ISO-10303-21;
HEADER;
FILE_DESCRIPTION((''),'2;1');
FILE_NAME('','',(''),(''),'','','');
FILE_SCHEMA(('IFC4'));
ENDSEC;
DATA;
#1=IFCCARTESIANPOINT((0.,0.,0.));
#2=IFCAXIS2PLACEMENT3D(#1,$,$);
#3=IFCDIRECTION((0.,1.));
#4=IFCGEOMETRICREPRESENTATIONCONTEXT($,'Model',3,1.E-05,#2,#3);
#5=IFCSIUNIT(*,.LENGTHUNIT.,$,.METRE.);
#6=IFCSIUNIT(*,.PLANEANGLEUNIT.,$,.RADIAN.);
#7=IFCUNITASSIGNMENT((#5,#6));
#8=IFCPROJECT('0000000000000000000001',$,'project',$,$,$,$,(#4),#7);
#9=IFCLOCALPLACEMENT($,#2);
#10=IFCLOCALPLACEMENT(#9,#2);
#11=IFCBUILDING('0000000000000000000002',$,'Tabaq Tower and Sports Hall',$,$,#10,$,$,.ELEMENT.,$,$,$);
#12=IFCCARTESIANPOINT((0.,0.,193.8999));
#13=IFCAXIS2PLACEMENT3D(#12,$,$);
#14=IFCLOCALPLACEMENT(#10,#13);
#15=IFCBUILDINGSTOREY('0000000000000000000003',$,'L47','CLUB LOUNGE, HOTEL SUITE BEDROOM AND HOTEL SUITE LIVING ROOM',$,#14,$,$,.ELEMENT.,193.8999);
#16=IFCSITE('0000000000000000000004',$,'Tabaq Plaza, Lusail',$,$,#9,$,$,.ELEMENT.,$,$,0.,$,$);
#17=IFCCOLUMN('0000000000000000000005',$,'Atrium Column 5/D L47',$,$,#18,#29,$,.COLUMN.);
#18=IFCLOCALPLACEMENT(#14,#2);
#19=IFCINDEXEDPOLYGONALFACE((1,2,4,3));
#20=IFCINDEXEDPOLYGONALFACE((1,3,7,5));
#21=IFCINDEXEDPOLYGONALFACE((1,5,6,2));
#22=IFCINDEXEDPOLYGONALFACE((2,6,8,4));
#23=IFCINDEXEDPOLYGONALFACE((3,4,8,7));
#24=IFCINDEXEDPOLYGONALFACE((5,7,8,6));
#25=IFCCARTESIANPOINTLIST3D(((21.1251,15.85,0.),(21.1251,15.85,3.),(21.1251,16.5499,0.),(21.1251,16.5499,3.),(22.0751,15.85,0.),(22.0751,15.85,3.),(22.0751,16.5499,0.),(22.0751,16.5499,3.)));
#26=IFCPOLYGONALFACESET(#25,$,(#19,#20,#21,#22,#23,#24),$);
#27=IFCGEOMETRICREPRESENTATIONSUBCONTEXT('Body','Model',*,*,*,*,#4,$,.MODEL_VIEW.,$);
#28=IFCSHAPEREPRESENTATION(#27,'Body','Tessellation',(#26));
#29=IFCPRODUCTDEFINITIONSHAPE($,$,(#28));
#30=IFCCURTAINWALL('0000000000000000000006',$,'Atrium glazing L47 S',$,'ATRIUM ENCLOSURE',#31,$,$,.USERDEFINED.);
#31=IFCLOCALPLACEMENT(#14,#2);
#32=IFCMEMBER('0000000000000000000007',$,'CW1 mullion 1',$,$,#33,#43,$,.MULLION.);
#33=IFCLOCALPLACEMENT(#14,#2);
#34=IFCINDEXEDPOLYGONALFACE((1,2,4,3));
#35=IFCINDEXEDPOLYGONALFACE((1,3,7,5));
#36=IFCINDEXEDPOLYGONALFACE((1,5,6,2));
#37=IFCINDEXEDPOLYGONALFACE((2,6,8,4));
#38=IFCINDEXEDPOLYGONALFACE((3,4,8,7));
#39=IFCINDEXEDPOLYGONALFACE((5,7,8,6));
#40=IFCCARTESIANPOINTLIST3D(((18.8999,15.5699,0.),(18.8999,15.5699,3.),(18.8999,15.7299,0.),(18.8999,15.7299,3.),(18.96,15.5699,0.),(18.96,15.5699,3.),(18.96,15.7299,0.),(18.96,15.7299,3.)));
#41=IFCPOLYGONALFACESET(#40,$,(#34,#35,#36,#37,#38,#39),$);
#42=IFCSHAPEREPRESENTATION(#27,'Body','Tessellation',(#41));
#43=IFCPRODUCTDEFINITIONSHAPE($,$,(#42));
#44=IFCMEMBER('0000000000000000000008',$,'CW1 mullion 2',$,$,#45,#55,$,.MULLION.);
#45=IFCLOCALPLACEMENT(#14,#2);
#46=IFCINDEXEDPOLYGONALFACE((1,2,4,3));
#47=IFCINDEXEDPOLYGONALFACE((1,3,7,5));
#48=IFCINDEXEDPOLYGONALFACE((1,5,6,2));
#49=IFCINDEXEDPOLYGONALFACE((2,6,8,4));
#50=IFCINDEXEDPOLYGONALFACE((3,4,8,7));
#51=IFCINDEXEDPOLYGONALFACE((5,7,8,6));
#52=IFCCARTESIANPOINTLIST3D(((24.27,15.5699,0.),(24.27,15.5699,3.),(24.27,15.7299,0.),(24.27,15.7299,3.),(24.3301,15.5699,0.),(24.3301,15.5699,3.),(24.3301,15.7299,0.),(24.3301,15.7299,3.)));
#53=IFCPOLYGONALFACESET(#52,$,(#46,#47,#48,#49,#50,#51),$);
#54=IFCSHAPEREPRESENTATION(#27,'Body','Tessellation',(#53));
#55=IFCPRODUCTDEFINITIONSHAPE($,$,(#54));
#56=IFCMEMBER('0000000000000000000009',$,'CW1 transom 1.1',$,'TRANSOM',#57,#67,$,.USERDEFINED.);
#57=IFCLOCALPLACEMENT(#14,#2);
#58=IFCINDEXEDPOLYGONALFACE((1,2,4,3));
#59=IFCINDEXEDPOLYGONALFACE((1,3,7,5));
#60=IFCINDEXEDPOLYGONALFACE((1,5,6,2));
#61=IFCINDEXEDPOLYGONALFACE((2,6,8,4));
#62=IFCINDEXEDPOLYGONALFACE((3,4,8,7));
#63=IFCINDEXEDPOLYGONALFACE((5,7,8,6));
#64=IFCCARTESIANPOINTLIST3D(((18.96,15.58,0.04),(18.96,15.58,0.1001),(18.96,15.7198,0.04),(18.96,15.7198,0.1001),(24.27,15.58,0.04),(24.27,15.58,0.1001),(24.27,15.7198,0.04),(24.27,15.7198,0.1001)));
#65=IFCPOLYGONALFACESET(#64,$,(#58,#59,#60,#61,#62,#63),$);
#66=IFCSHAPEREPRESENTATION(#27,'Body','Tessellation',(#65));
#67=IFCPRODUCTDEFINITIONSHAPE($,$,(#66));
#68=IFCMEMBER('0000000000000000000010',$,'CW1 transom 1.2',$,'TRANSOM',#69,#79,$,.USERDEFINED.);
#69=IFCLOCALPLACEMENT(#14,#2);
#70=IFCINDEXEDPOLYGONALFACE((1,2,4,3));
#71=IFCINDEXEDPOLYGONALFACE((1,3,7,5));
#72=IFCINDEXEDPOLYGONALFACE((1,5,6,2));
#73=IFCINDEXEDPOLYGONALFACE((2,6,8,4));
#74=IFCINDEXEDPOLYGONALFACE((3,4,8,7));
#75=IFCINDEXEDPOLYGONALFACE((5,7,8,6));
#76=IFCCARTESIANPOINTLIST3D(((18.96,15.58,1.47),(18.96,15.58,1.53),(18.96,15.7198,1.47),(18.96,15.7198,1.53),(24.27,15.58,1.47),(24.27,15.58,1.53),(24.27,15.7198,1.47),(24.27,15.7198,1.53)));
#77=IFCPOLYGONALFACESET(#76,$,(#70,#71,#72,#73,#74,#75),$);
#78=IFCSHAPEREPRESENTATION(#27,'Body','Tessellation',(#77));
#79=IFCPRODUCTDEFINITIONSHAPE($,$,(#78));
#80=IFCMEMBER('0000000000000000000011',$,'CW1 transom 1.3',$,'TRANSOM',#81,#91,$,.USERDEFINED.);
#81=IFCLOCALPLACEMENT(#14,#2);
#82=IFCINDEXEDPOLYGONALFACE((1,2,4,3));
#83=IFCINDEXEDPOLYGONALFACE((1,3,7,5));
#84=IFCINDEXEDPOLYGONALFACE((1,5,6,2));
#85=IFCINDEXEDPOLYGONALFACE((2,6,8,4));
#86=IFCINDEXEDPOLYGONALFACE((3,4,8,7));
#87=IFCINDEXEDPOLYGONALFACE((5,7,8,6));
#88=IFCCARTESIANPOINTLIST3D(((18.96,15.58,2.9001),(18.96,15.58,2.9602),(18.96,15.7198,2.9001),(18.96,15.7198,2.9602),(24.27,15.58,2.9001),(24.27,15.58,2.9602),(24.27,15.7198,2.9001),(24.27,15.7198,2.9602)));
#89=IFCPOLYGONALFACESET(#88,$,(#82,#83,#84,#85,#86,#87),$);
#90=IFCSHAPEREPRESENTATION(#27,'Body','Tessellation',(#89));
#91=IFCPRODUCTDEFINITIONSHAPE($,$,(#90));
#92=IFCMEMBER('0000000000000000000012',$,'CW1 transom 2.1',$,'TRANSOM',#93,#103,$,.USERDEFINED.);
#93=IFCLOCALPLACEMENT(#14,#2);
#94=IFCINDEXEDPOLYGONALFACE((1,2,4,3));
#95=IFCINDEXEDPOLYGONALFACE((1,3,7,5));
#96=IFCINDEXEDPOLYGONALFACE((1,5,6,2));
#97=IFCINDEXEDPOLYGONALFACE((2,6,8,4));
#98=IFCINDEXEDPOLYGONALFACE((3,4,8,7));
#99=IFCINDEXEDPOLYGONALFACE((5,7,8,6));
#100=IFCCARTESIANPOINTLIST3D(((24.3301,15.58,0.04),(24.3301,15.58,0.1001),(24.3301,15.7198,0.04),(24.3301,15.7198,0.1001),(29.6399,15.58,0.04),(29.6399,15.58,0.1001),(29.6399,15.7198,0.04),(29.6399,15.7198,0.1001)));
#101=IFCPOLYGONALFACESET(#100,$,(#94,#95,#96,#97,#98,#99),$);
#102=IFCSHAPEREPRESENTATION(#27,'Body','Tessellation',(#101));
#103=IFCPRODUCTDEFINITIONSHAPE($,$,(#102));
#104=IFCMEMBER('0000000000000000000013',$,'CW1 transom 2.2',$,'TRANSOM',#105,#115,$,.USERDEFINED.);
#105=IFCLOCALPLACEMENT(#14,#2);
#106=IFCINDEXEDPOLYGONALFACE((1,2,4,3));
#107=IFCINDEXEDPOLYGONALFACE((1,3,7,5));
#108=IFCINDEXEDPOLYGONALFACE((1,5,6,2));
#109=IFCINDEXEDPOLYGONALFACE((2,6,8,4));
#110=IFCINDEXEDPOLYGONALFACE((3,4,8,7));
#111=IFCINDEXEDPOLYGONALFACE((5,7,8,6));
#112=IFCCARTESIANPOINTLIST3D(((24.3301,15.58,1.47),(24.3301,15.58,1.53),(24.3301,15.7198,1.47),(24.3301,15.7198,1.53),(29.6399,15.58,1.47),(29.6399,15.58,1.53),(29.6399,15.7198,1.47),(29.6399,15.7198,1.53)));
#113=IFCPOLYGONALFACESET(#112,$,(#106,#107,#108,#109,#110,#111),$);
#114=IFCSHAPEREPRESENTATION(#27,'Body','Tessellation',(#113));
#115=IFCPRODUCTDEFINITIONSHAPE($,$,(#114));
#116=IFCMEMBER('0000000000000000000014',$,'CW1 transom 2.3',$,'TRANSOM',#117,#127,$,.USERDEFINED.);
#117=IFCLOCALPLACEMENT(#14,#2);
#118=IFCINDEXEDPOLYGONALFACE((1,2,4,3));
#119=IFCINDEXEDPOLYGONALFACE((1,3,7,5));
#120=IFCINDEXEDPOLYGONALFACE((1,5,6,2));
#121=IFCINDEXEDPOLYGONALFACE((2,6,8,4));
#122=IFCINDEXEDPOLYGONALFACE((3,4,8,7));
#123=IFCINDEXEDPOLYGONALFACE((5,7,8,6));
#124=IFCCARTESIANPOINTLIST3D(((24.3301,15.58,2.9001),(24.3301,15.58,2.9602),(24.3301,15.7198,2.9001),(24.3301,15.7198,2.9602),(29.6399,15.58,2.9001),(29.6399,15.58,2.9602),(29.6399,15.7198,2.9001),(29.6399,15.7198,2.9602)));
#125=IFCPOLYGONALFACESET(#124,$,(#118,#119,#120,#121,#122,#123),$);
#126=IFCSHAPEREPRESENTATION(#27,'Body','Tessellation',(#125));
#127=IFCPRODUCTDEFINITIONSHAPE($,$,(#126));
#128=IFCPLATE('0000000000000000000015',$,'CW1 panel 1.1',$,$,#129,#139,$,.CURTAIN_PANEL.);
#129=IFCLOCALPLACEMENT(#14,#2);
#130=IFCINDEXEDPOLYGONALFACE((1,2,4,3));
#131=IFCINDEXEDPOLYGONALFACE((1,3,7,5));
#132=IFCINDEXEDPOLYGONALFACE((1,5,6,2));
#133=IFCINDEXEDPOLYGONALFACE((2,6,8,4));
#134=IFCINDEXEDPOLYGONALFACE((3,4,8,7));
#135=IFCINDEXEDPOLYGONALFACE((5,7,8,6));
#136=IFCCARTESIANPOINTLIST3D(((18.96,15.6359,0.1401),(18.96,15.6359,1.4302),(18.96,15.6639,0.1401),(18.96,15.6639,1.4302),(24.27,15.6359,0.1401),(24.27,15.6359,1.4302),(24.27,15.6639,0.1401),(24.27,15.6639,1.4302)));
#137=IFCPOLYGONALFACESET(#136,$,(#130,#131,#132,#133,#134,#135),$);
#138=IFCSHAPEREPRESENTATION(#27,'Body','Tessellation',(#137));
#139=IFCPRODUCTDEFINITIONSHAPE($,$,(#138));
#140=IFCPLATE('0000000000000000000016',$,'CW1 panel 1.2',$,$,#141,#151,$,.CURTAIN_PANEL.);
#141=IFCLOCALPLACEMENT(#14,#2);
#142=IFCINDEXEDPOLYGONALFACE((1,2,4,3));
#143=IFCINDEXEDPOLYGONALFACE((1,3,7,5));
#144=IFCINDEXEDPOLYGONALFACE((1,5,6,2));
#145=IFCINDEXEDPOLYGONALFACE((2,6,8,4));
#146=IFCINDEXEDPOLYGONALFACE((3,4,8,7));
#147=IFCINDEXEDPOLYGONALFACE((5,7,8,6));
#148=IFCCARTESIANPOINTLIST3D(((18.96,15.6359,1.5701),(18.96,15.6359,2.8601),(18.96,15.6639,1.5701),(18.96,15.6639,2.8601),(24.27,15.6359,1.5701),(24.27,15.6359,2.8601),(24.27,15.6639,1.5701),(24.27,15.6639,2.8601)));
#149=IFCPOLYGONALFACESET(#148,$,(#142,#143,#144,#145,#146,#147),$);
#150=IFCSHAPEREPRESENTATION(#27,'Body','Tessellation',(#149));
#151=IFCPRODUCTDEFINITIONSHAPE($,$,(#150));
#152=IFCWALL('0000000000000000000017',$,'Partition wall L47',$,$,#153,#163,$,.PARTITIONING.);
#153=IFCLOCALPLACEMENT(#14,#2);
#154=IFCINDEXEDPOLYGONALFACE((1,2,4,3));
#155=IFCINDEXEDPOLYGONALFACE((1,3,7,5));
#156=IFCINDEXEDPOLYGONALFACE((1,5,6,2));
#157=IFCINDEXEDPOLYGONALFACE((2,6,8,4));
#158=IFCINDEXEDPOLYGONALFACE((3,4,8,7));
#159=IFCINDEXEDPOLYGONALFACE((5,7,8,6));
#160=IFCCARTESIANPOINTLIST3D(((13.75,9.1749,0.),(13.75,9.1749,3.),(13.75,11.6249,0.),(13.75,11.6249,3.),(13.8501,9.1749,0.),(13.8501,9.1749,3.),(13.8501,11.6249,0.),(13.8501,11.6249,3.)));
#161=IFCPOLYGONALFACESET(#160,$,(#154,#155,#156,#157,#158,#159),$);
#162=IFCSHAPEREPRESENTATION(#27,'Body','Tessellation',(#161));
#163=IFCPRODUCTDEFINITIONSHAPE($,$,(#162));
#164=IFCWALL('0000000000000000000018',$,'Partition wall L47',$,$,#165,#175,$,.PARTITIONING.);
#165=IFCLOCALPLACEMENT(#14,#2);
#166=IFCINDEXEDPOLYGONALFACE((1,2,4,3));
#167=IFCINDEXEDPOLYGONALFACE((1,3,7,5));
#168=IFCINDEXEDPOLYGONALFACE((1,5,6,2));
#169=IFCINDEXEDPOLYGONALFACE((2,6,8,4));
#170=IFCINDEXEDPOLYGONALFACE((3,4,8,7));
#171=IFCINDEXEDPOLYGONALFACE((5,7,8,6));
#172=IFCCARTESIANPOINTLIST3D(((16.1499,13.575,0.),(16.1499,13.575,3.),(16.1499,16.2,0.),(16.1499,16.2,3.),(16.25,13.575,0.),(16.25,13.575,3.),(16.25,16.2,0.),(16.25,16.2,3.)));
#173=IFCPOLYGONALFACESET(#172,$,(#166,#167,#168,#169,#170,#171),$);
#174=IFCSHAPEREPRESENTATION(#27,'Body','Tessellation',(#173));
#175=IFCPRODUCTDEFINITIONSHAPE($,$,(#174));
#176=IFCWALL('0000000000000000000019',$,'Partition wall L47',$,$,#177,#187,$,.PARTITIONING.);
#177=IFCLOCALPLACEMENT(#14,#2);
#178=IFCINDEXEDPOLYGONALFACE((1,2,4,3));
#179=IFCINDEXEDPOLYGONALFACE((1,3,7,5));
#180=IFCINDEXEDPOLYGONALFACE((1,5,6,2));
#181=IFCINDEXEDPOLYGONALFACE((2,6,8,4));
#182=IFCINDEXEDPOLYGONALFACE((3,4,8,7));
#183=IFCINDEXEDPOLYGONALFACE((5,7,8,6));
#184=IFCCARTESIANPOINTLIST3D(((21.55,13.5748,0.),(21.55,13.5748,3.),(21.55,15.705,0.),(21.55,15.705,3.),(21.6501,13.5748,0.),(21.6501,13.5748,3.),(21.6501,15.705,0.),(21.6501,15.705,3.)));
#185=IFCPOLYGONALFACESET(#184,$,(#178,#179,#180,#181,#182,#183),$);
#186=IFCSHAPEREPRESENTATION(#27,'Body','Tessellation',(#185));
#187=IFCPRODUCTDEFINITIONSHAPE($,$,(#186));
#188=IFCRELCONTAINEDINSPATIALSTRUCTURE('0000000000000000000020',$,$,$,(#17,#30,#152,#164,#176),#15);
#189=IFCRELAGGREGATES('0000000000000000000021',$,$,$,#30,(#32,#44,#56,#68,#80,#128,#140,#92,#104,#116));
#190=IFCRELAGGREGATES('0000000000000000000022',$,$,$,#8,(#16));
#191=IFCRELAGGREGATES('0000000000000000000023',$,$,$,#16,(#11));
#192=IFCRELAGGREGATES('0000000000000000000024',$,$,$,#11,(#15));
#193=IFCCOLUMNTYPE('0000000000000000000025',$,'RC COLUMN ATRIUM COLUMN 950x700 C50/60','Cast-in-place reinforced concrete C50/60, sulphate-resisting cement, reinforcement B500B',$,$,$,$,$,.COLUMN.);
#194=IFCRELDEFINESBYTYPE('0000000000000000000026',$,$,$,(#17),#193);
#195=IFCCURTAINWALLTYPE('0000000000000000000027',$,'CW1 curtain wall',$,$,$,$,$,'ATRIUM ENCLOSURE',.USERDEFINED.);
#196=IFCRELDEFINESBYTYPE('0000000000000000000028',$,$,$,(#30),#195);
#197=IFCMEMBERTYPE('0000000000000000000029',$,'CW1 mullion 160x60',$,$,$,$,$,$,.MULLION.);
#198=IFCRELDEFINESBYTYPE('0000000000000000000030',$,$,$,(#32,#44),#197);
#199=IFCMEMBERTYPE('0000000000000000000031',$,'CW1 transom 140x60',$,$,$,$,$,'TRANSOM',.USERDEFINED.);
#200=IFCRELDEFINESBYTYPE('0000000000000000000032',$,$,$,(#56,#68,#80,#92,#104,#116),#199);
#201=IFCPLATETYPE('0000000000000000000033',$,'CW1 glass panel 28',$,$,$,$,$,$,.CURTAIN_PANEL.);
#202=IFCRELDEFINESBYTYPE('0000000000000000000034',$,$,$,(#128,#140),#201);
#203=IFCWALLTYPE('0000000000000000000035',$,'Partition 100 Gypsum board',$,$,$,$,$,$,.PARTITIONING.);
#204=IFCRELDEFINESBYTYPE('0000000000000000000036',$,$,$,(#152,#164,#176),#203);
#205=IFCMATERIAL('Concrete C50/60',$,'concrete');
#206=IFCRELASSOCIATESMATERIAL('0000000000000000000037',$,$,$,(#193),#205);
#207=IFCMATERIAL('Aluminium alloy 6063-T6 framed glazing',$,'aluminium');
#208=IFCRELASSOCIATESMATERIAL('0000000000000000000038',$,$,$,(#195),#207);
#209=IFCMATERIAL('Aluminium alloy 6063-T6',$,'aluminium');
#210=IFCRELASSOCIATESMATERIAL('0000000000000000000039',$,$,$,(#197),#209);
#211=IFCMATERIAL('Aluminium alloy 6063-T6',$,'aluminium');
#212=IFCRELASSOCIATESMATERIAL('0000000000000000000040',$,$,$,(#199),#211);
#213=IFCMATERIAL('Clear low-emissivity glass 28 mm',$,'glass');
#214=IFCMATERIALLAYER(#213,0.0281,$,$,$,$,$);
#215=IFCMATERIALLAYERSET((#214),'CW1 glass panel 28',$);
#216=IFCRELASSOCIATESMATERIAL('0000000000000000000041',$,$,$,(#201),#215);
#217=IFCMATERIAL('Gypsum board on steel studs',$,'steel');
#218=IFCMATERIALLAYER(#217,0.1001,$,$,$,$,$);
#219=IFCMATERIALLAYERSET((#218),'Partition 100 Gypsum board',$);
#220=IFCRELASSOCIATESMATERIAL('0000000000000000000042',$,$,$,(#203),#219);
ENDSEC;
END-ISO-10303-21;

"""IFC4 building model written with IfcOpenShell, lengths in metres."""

from ifc_helpers import new_model, si_unit, direction, frame, frame_2d, origin, origin_2d, place, context, subcontext, project, spatial, rectangle, extrude, material, layer, layer_set, material_profile, profile_set, type_object, element, aggregate, save


model = new_model("IFC4")

# Units and contexts
model_context = context("Model", 3, precision=1e-05, world=origin(), true_north=direction((0.0, 1.0)))
body_context = subcontext(model_context, "Body", "Model", "MODEL_VIEW")
ifc_project = project(units=[si_unit("LENGTHUNIT", "METRE"), si_unit("PLANEANGLEUNIT", "RADIAN")], contexts=[model_context])

# Site, building, storey
site_placement = place(None, origin())
site = spatial("IfcSite", under=ifc_project, at=site_placement, Name="Tabaq Plaza, Lusail", CompositionType="ELEMENT", RefElevation=0.0)
building_placement = place(site_placement, origin())
building = spatial("IfcBuilding", under=site, at=building_placement, Name="Tabaq Tower and Sports Hall", CompositionType="ELEMENT")
storey_placement = place(building_placement, frame((0.0, 0.0, 193.8999)))
storey = spatial("IfcBuildingStorey", under=building, at=storey_placement, Name="L47", Description="CLUB LOUNGE, HOTEL SUITE BEDROOM AND HOTEL SUITE LIVING ROOM", CompositionType="ELEMENT", Elevation=193.8999)

# Column
ifc_material_1 = material(Name="Concrete C50/60", Category="concrete")
ifc_material_profile_1 = material_profile(ifc_material_1, rectangle(XDim=0.95, YDim=0.7, at=origin_2d()), Name="ATRIUM COLUMN 950x700")
ifc_profile_set_1 = profile_set([ifc_material_profile_1], Name="Concrete C50/60")
column_type = type_object("IfcColumnType", Name="RC COLUMN ATRIUM COLUMN 950x700 C50/60", Description="Cast-in-place reinforced concrete C50/60, sulphate-resisting cement, reinforcement B500B", PredefinedType="COLUMN", material=ifc_profile_set_1)
column_placement = place(storey_placement, frame((21.6001, 16.2, 0.0), z_axis=(0.0, 0.0, 1.0), x_axis=(1.0, 0.0, 0.0)))
element("IfcColumn", 1, at=column_placement, inside=storey, type_object=column_type, Name="Atrium Column 5/D L47", PredefinedType="COLUMN", context=body_context, shape_type="SweptSolid", body=[
    extrude(rectangle(XDim=0.95, YDim=0.7, at=origin_2d()), origin(), (0.0, 0.0, 1.0), 3.0),
])

# Curtain wall, members, plates
ifc_material_2 = material(Name="Aluminium alloy 6063-T6 framed glazing", Category="aluminium")
curtain_wall_type = type_object("IfcCurtainWallType", Name="CW1 curtain wall", ElementType="ATRIUM ENCLOSURE", PredefinedType="USERDEFINED", material=ifc_material_2)
curtain_wall_placement = place(storey_placement, origin())
curtain_wall = element("IfcCurtainWall", 2, at=curtain_wall_placement, inside=storey, type_object=curtain_wall_type, Name="Atrium glazing L47 S", ObjectType="ATRIUM ENCLOSURE", PredefinedType="USERDEFINED")
ifc_material_3 = material(Name="Aluminium alloy 6063-T6", Category="aluminium")
ifc_material_profile_2 = material_profile(ifc_material_3, rectangle(XDim=0.1599, YDim=0.0601, at=origin_2d()), Name="MULLION 160x60")
ifc_profile_set_2 = profile_set([ifc_material_profile_2], Name="Aluminium alloy 6063-T6")
member_type_1 = type_object("IfcMemberType", Name="CW1 mullion 160x60", PredefinedType="MULLION", material=ifc_profile_set_2)
member_1_placement = place(storey_placement, frame((18.9299, 15.6499, 0.0), z_axis=(0.0, 0.0, 1.0), x_axis=(0.0, 1.0, 0.0)))
member_1 = element("IfcMember", 3, at=member_1_placement, type_object=member_type_1, Name="CW1 mullion 1", PredefinedType="MULLION", context=body_context, shape_type="SweptSolid", body=[
    extrude(rectangle(XDim=0.1599, YDim=0.0601, at=origin_2d()), origin(), (0.0, 0.0, 1.0), 3.0),
])
member_2_placement = place(storey_placement, frame((24.3, 15.6499, 0.0), z_axis=(0.0, 0.0, 1.0), x_axis=(0.0, 1.0, 0.0)))
member_2 = element("IfcMember", 4, at=member_2_placement, type_object=member_type_1, Name="CW1 mullion 2", PredefinedType="MULLION", context=body_context, shape_type="SweptSolid", body=[
    extrude(rectangle(XDim=0.1599, YDim=0.0601, at=origin_2d()), origin(), (0.0, 0.0, 1.0), 3.0),
])
ifc_material_4 = material(Name="Aluminium alloy 6063-T6", Category="aluminium")
ifc_material_profile_3 = material_profile(ifc_material_4, rectangle(XDim=0.1399, YDim=0.0601, at=origin_2d()), Name="TRANSOM 140x60")
ifc_profile_set_3 = profile_set([ifc_material_profile_3], Name="Aluminium alloy 6063-T6")
member_type_2 = type_object("IfcMemberType", Name="CW1 transom 140x60", ElementType="TRANSOM", PredefinedType="USERDEFINED", material=ifc_profile_set_3)
member_3_placement = place(storey_placement, frame((18.96, 15.6499, 0.0701), z_axis=(1.0, 0.0, 0.0), x_axis=(0.0, 1.0, 0.0)))
member_3 = element("IfcMember", 5, at=member_3_placement, type_object=member_type_2, Name="CW1 transom 1.1", ObjectType="TRANSOM", PredefinedType="USERDEFINED", context=body_context, shape_type="SweptSolid", body=[
    extrude(rectangle(XDim=0.1399, YDim=0.0601, at=origin_2d()), origin(), (0.0, 0.0, 1.0), 5.3101),
])
member_4_placement = place(storey_placement, frame((18.96, 15.6499, 1.5), z_axis=(1.0, 0.0, 0.0), x_axis=(0.0, 1.0, 0.0)))
member_4 = element("IfcMember", 6, at=member_4_placement, type_object=member_type_2, Name="CW1 transom 1.2", ObjectType="TRANSOM", PredefinedType="USERDEFINED", context=body_context, shape_type="SweptSolid", body=[
    extrude(rectangle(XDim=0.1399, YDim=0.0601, at=origin_2d()), origin(), (0.0, 0.0, 1.0), 5.3101),
])
member_5_placement = place(storey_placement, frame((18.96, 15.6499, 2.9302), z_axis=(1.0, 0.0, 0.0), x_axis=(0.0, 1.0, 0.0)))
member_5 = element("IfcMember", 7, at=member_5_placement, type_object=member_type_2, Name="CW1 transom 1.3", ObjectType="TRANSOM", PredefinedType="USERDEFINED", context=body_context, shape_type="SweptSolid", body=[
    extrude(rectangle(XDim=0.1399, YDim=0.0601, at=origin_2d()), origin(), (0.0, 0.0, 1.0), 5.3101),
])
member_6_placement = place(storey_placement, frame((24.3301, 15.6499, 0.0701), z_axis=(1.0, 0.0, 0.0), x_axis=(0.0, 1.0, 0.0)))
member_6 = element("IfcMember", 8, at=member_6_placement, type_object=member_type_2, Name="CW1 transom 2.1", ObjectType="TRANSOM", PredefinedType="USERDEFINED", context=body_context, shape_type="SweptSolid", body=[
    extrude(rectangle(XDim=0.1399, YDim=0.0601, at=origin_2d()), origin(), (0.0, 0.0, 1.0), 5.3098),
])
member_7_placement = place(storey_placement, frame((24.3301, 15.6499, 1.5), z_axis=(1.0, 0.0, 0.0), x_axis=(0.0, 1.0, 0.0)))
member_7 = element("IfcMember", 9, at=member_7_placement, type_object=member_type_2, Name="CW1 transom 2.2", ObjectType="TRANSOM", PredefinedType="USERDEFINED", context=body_context, shape_type="SweptSolid", body=[
    extrude(rectangle(XDim=0.1399, YDim=0.0601, at=origin_2d()), origin(), (0.0, 0.0, 1.0), 5.3098),
])
member_8_placement = place(storey_placement, frame((24.3301, 15.6499, 2.9302), z_axis=(1.0, 0.0, 0.0), x_axis=(0.0, 1.0, 0.0)))
member_8 = element("IfcMember", 10, at=member_8_placement, type_object=member_type_2, Name="CW1 transom 2.3", ObjectType="TRANSOM", PredefinedType="USERDEFINED", context=body_context, shape_type="SweptSolid", body=[
    extrude(rectangle(XDim=0.1399, YDim=0.0601, at=origin_2d()), origin(), (0.0, 0.0, 1.0), 5.3098),
])
ifc_material_5 = material(Name="Clear low-emissivity glass 28 mm", Category="glass")
ifc_layer_1 = layer(ifc_material_5, 0.0281)
ifc_layer_set_1 = layer_set([ifc_layer_1], Name="CW1 glass panel 28")
plate_type = type_object("IfcPlateType", Name="CW1 glass panel 28", PredefinedType="CURTAIN_PANEL", material=ifc_layer_set_1)
plate_1_placement = place(storey_placement, frame((21.615, 15.6499, 0.1401), z_axis=(0.0, 0.0, 1.0), x_axis=(1.0, 0.0, 0.0)))
plate_1 = element("IfcPlate", 11, at=plate_1_placement, type_object=plate_type, Name="CW1 panel 1.1", PredefinedType="CURTAIN_PANEL", context=body_context, shape_type="SweptSolid", body=[
    extrude(rectangle(XDim=5.3101, YDim=0.0281, at=origin_2d()), origin(), (0.0, 0.0, 1.0), 1.29),
])
plate_2_placement = place(storey_placement, frame((21.615, 15.6499, 1.5701), z_axis=(0.0, 0.0, 1.0), x_axis=(1.0, 0.0, 0.0)))
plate_2 = element("IfcPlate", 12, at=plate_2_placement, type_object=plate_type, Name="CW1 panel 1.2", PredefinedType="CURTAIN_PANEL", context=body_context, shape_type="SweptSolid", body=[
    extrude(rectangle(XDim=5.3101, YDim=0.0281, at=origin_2d()), origin(), (0.0, 0.0, 1.0), 1.29),
])
aggregate(curtain_wall, [member_1, member_2, member_3, member_4, member_5, plate_1, plate_2, member_6, member_7, member_8])

# Walls
ifc_material_6 = material(Name="Gypsum board on steel studs", Category="steel")
ifc_layer_2 = layer(ifc_material_6, 0.1001)
ifc_layer_set_2 = layer_set([ifc_layer_2], Name="Partition 100 Gypsum board")
wall_type_1 = type_object("IfcWallType", Name="Partition 100 Gypsum board", PredefinedType="PARTITIONING", material=ifc_layer_set_2)
wall_1_placement = place(storey_placement, frame((13.8, 11.625, 0.0), z_axis=(0.0, 0.0, 1.0), x_axis=(0.0, -1.0, 0.0)))
element("IfcWall", 13, at=wall_1_placement, inside=storey, type_object=wall_type_1, Name="Partition wall L47", PredefinedType="PARTITIONING", context=body_context, shape_type="SweptSolid", body=[
    extrude(rectangle(XDim=2.45, YDim=0.1001, at=frame_2d((1.2251, 0.0))), origin(), (0.0, 0.0, 1.0), 3.0),
])
wall_2_placement = place(storey_placement, frame((16.2, 16.2, 0.0), z_axis=(0.0, 0.0, 1.0), x_axis=(0.0, -1.0, 0.0)))
element("IfcWall", 14, at=wall_2_placement, inside=storey, type_object=wall_type_1, Name="Partition wall L47", PredefinedType="PARTITIONING", context=body_context, shape_type="SweptSolid", body=[
    extrude(rectangle(XDim=2.625, YDim=0.1001, at=frame_2d((1.3125, 0.0))), origin(), (0.0, 0.0, 1.0), 3.0),
])
wall_3_placement = place(storey_placement, frame((21.6001, 13.575, 0.0), z_axis=(0.0, 0.0, 1.0), x_axis=(0.0, 1.0, 0.0)))
element("IfcWall", 15, at=wall_3_placement, inside=storey, type_object=wall_type_1, Name="Partition wall L47", PredefinedType="PARTITIONING", context=body_context, shape_type="SweptSolid", body=[
    extrude(rectangle(XDim=2.1301, YDim=0.1001, at=frame_2d((1.0649, 0.0))), origin(), (0.0, 0.0, 1.0), 3.0),
])

save(model, "model.ifc")
